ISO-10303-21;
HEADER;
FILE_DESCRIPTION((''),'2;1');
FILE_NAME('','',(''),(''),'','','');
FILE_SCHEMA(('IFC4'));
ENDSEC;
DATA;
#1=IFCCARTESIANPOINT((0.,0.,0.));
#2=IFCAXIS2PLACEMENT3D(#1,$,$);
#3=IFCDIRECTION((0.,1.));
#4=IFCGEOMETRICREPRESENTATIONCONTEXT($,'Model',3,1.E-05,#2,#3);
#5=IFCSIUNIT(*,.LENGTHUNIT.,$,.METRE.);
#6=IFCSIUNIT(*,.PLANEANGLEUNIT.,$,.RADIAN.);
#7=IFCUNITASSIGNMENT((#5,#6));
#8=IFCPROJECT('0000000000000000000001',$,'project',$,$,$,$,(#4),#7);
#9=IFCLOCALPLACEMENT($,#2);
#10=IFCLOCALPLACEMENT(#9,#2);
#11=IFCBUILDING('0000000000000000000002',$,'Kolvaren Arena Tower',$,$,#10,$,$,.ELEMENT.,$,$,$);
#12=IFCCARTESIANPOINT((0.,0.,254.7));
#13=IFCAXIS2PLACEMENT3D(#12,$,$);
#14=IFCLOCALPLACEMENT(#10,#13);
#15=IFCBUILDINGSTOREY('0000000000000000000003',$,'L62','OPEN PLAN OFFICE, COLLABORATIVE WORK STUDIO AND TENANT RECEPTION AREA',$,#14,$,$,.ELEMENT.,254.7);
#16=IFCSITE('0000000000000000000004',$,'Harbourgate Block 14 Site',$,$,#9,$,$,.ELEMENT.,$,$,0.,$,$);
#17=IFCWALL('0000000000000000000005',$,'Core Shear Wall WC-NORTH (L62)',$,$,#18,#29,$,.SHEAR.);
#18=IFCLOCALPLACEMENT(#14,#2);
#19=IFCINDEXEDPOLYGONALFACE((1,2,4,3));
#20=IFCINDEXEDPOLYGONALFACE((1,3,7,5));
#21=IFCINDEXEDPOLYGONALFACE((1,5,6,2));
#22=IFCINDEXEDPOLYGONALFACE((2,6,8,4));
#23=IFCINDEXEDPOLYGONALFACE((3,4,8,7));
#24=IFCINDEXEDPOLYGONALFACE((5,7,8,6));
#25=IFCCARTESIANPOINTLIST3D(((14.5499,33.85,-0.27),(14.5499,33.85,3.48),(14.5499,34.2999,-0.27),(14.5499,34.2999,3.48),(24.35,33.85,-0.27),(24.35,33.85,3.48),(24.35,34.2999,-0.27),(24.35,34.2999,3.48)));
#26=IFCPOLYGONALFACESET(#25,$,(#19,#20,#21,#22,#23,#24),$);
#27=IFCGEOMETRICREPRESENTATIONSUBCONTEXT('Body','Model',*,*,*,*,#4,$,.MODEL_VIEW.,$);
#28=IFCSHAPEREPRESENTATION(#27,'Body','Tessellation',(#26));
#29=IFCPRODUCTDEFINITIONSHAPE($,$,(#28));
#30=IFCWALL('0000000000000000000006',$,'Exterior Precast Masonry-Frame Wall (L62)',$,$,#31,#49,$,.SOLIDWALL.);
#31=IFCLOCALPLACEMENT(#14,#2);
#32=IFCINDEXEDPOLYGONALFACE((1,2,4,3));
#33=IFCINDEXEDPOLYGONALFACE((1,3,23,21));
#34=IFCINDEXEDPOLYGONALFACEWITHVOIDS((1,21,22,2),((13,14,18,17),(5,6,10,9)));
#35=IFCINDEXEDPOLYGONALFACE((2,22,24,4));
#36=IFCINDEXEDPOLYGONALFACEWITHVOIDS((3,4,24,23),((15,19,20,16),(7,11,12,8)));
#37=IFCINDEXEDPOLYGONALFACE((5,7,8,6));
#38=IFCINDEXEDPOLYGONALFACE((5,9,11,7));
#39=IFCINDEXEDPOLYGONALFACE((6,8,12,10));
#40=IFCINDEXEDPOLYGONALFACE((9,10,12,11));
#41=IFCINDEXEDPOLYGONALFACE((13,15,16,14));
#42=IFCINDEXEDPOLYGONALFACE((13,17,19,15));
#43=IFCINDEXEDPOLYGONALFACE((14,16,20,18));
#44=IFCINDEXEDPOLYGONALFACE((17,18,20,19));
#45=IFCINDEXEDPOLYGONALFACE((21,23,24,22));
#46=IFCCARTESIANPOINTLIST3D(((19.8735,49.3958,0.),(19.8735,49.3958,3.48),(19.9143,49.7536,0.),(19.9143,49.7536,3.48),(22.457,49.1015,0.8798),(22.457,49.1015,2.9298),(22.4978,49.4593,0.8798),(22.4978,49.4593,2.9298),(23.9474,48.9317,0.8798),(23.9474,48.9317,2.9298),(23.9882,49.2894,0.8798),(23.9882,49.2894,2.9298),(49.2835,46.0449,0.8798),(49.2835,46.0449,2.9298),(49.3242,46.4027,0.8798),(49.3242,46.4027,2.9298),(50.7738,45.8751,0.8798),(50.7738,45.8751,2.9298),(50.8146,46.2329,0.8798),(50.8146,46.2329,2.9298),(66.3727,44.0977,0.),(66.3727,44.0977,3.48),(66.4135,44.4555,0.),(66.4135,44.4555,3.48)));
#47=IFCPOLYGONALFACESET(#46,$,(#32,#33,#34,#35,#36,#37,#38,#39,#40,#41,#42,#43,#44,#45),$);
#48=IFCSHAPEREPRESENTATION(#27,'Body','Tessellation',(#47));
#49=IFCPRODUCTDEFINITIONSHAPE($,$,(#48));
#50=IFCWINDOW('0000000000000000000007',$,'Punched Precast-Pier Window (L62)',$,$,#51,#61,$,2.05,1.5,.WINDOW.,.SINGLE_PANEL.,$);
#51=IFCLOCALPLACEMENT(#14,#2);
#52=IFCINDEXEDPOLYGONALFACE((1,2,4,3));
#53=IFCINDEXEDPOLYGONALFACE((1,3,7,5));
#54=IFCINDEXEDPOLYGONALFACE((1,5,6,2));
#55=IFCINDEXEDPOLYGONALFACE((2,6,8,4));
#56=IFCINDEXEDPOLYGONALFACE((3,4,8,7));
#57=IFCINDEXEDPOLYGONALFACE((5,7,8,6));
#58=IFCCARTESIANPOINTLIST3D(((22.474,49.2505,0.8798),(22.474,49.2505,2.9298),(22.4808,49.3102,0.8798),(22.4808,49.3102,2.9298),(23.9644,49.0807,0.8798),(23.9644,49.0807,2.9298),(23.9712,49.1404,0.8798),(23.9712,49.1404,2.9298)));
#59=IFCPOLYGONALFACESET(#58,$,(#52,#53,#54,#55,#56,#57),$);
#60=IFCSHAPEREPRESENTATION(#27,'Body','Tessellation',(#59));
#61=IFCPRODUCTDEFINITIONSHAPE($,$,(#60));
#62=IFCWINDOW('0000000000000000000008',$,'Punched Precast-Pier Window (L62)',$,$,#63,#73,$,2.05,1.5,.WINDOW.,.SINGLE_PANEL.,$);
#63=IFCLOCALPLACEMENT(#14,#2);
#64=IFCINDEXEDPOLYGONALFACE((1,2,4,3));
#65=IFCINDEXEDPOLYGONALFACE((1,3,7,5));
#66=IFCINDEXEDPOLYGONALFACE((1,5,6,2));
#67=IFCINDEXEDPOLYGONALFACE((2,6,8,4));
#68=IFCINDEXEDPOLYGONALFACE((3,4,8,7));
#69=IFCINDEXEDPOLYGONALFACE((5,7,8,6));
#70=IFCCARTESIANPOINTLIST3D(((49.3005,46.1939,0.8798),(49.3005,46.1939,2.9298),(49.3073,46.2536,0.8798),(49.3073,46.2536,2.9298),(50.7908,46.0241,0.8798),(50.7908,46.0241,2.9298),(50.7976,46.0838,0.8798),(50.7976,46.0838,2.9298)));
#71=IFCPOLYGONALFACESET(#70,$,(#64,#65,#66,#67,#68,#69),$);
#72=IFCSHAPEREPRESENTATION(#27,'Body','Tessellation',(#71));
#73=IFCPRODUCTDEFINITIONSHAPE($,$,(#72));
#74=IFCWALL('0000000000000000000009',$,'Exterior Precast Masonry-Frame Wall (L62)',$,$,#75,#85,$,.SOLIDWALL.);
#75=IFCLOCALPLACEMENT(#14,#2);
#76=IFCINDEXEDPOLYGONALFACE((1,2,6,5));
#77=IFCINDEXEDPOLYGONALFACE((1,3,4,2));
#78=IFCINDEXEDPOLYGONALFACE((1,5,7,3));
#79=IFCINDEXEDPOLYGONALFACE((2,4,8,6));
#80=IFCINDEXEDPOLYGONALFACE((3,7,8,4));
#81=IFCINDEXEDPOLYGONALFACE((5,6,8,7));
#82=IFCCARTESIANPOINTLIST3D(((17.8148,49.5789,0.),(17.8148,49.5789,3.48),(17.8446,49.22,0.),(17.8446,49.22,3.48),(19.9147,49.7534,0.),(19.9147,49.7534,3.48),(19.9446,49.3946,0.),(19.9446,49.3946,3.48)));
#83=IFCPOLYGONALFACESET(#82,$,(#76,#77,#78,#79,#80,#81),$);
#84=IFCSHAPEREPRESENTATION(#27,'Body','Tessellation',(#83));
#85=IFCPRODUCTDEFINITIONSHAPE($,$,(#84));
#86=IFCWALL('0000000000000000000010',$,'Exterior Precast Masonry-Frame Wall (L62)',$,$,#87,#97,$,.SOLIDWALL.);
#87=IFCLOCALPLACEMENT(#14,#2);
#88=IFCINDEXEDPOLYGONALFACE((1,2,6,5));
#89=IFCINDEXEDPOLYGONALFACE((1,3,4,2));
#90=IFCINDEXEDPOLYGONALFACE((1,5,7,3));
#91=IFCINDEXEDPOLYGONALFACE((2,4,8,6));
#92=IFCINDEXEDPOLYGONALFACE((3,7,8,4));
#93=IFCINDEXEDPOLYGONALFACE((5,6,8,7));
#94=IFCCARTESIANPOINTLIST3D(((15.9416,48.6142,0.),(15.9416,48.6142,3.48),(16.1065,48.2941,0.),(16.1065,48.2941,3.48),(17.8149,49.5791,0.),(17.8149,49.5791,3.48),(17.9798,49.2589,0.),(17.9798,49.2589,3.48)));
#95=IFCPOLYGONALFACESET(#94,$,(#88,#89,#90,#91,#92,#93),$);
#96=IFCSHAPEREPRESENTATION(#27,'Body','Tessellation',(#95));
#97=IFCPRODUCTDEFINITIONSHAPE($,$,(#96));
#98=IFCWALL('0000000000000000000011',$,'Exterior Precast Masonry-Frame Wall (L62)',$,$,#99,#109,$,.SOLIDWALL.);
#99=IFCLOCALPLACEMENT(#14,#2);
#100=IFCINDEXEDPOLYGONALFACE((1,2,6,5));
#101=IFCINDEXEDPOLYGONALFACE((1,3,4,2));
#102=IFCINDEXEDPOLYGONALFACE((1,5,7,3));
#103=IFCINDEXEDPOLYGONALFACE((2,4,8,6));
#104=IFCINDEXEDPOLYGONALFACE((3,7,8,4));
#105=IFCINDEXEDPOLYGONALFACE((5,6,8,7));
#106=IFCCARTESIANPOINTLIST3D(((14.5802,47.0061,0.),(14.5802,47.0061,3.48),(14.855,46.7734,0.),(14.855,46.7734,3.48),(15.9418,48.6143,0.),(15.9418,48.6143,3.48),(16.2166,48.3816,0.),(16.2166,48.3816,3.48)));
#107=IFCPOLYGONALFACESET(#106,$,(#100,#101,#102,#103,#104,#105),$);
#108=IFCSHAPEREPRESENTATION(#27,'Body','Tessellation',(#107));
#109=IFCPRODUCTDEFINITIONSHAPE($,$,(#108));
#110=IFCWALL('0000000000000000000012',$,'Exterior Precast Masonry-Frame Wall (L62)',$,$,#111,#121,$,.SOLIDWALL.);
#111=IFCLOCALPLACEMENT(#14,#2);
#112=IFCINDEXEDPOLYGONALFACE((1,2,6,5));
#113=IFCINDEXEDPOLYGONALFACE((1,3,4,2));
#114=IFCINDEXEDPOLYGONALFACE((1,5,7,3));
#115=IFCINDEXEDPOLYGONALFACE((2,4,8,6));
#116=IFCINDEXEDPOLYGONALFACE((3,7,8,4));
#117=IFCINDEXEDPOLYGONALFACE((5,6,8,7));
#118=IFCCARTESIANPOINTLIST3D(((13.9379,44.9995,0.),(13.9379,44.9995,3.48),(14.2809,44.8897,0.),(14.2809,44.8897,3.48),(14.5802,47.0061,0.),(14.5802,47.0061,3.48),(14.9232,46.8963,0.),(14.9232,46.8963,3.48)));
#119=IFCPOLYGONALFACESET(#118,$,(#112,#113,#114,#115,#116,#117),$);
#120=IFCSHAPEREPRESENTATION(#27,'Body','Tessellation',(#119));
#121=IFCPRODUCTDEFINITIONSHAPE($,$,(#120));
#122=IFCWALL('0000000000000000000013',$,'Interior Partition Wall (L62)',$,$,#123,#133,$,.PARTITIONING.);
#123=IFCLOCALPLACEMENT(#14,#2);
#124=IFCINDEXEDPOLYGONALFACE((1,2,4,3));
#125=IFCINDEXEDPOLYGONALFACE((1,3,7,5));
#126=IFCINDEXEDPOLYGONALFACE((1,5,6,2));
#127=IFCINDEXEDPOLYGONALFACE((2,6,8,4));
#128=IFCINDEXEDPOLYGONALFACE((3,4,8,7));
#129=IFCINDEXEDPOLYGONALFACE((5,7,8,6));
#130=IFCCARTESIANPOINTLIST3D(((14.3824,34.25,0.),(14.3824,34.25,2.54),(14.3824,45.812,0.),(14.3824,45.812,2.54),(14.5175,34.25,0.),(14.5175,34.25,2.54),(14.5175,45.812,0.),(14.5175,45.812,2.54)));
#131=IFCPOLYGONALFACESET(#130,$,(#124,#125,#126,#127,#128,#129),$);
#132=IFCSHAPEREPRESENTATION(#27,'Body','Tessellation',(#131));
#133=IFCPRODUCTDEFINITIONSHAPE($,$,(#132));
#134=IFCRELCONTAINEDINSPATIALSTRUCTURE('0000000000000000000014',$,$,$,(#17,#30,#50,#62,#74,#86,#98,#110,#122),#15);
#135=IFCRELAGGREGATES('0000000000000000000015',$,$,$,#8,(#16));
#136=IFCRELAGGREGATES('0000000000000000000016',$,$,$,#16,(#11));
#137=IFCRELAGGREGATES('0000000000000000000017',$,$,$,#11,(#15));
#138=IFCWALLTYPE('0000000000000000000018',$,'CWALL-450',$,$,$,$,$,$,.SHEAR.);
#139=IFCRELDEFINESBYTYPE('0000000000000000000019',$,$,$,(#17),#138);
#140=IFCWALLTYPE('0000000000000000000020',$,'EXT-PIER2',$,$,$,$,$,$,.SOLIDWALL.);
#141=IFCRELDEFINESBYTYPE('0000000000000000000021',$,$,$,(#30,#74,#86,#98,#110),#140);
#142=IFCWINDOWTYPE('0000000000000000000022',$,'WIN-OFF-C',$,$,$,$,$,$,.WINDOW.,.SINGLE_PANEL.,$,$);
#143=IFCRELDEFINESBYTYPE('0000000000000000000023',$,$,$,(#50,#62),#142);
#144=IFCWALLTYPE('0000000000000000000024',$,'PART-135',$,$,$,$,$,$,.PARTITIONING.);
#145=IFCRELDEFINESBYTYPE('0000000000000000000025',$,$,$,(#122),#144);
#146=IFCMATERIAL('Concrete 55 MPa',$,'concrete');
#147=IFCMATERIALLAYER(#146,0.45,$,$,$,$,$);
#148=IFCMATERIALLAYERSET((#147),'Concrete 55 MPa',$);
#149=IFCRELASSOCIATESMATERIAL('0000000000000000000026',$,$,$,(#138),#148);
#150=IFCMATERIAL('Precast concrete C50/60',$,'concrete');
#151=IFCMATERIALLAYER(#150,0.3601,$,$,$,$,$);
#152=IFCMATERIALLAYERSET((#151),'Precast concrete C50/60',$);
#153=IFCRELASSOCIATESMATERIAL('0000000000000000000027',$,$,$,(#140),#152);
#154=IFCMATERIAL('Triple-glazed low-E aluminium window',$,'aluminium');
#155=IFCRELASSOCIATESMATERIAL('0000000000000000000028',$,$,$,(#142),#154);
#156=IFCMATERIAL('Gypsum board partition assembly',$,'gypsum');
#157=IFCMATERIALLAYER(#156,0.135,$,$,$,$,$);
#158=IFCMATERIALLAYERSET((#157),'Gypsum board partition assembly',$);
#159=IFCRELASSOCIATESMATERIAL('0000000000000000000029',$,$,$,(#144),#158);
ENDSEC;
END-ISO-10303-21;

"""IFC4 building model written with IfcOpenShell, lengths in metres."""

from ifc_helpers import new_model, si_unit, direction, frame, frame_2d, origin, place, context, subcontext, project, spatial, rectangle, extrude, material, layer, layer_set, type_object, element, fill, save


model = new_model("IFC4")

# Units and contexts
model_context = context("Model", 3, precision=1e-05, world=origin(), true_north=direction((0.0, 1.0)))
body_context = subcontext(model_context, "Body", "Model", "MODEL_VIEW")
ifc_project = project(units=[si_unit("LENGTHUNIT", "METRE"), si_unit("PLANEANGLEUNIT", "RADIAN")], contexts=[model_context])

# Site, building, storey
site_placement = place(None, origin())
site = spatial("IfcSite", under=ifc_project, at=site_placement, Name="Harbourgate Block 14 Site", CompositionType="ELEMENT", RefElevation=0.0)
building_placement = place(site_placement, origin())
building = spatial("IfcBuilding", under=site, at=building_placement, Name="Kolvaren Arena Tower", CompositionType="ELEMENT")
storey_placement = place(building_placement, frame((0.0, 0.0, 254.7)))
storey = spatial("IfcBuildingStorey", under=building, at=storey_placement, Name="L62", Description="OPEN PLAN OFFICE, COLLABORATIVE WORK STUDIO AND TENANT RECEPTION AREA", CompositionType="ELEMENT", Elevation=254.7)

# Wall
ifc_material_1 = material(Name="Concrete 55 MPa", Category="concrete")
ifc_layer_1 = layer(ifc_material_1, 0.45)
ifc_layer_set_1 = layer_set([ifc_layer_1], Name="Concrete 55 MPa")
wall_type_1 = type_object("IfcWallType", Name="CWALL-450", PredefinedType="SHEAR", material=ifc_layer_set_1)
wall_1_placement = place(storey_placement, frame((14.55, 34.075, -0.27), z_axis=(0.0, 0.0, 1.0), x_axis=(1.0, 0.0, 0.0)))
element("IfcWall", 1, at=wall_1_placement, inside=storey, type_object=wall_type_1, Name="Core Shear Wall WC-NORTH (L62)", PredefinedType="SHEAR", context=body_context, shape_type="SweptSolid", body=[
    extrude(rectangle(XDim=9.8, YDim=0.45, at=frame_2d((4.8999, 0.0))), origin(), (0.0, 0.0, 1.0), 3.75),
])

# Wall, openings, windows
ifc_material_2 = material(Name="Precast concrete C50/60", Category="concrete")
ifc_layer_2 = layer(ifc_material_2, 0.3601)
ifc_layer_set_2 = layer_set([ifc_layer_2], Name="Precast concrete C50/60")
wall_type_2 = type_object("IfcWallType", Name="EXT-PIER2", PredefinedType="SOLIDWALL", material=ifc_layer_set_2)
wall_2_placement = place(storey_placement, frame((19.894, 49.5747, 0.0), z_axis=(0.0, 0.0, 1.0), x_axis=(0.993571, -0.113207, 0.0)))
wall_2 = element("IfcWall", 2, at=wall_2_placement, inside=storey, type_object=wall_type_2, Name="Exterior Precast Masonry-Frame Wall (L62)", PredefinedType="SOLIDWALL", context=body_context, shape_type="SweptSolid", body=[
    extrude(rectangle(XDim=46.8, YDim=0.3601, at=frame_2d((23.3999, 0.0))), origin(), (0.0, 0.0, 1.0), 3.48),
])
opening_1_placement = place(wall_2_placement, frame((2.6001, 0.0, 0.8799)))
opening_1 = element("IfcOpeningElement", 3, at=opening_1_placement, cuts=wall_2, PredefinedType="OPENING", context=body_context, shape_type="SweptSolid", body=[
    extrude(rectangle(XDim=1.5, YDim=2.05, at=frame_2d((0.75, 1.0249))), frame((0.0, 0.1899, 0.0), z_axis=(0.0, -1.0, 0.0), x_axis=(1.0, 0.0, 0.0)), (0.0, 0.0, 1.0), 0.3801),
])
opening_2_placement = place(wall_2_placement, frame((29.6001, 0.0, 0.8799)))
opening_2 = element("IfcOpeningElement", 4, at=opening_2_placement, cuts=wall_2, PredefinedType="OPENING", context=body_context, shape_type="SweptSolid", body=[
    extrude(rectangle(XDim=1.5, YDim=2.05, at=frame_2d((0.75, 1.0249))), frame((0.0, 0.1899, 0.0), z_axis=(0.0, -1.0, 0.0), x_axis=(1.0, 0.0, 0.0)), (0.0, 0.0, 1.0), 0.3801),
])
ifc_material_3 = material(Name="Triple-glazed low-E aluminium window", Category="aluminium")
window_type = type_object("IfcWindowType", Name="WIN-OFF-C", PartitioningType="SINGLE_PANEL", PredefinedType="WINDOW", material=ifc_material_3)
window_1_placement = place(opening_1_placement, origin())
window_1 = element("IfcWindow", 5, at=window_1_placement, inside=storey, type_object=window_type, Name="Punched Precast-Pier Window (L62)", OverallHeight=2.05, OverallWidth=1.5, PartitioningType="SINGLE_PANEL", PredefinedType="WINDOW", context=body_context, shape_type="SweptSolid", body=[
    extrude(rectangle(XDim=1.5, YDim=2.05, at=frame_2d((0.75, 1.0249))), frame((0.0, 0.03, 0.0), z_axis=(0.0, -1.0, 0.0), x_axis=(1.0, 0.0, 0.0)), (0.0, 0.0, 1.0), 0.0601),
])
fill(opening_1, window_1)
window_2_placement = place(opening_2_placement, origin())
window_2 = element("IfcWindow", 6, at=window_2_placement, inside=storey, type_object=window_type, Name="Punched Precast-Pier Window (L62)", OverallHeight=2.05, OverallWidth=1.5, PartitioningType="SINGLE_PANEL", PredefinedType="WINDOW", context=body_context, shape_type="SweptSolid", body=[
    extrude(rectangle(XDim=1.5, YDim=2.05, at=frame_2d((0.75, 1.0249))), frame((0.0, 0.03, 0.0), z_axis=(0.0, -1.0, 0.0), x_axis=(1.0, 0.0, 0.0)), (0.0, 0.0, 1.0), 0.0601),
])
fill(opening_2, window_2)

# Walls
for number, where, z_axis, x_axis, name in (
    (7, (17.8296, 49.3994, 0.0), (0.0, 0.0, 1.0), (0.996563, 0.082844, 0.0), "Exterior Precast Masonry-Frame Wall (L62)"),
    (8, (16.0239, 48.4541, 0.0), (0.0, 0.0, 1.0), (0.88901, 0.457887, 0.0), "Exterior Precast Masonry-Frame Wall (L62)"),
    (9, (14.7175, 46.8896, 0.0), (0.0, 0.0, 1.0), (0.646171, 0.763193, 0.0), "Exterior Precast Masonry-Frame Wall (L62)"),
):
    element("IfcWall", number, at=place(storey_placement, frame(where, z_axis=z_axis, x_axis=x_axis)), inside=storey, type_object=wall_type_2, Name=name, PredefinedType="SOLIDWALL", context=body_context, shape_type="SweptSolid", body=[
        extrude(rectangle(XDim=2.1072, YDim=0.3601, at=frame_2d((1.0537, 0.0))), origin(), (0.0, 0.0, 1.0), 3.48),
    ])
wall_3_placement = place(storey_placement, frame((14.1094, 44.9446, 0.0), z_axis=(0.0, 0.0, 1.0), x_axis=(0.304872, 0.952393, 0.0)))
element("IfcWall", 10, at=wall_3_placement, inside=storey, type_object=wall_type_2, Name="Exterior Precast Masonry-Frame Wall (L62)", PredefinedType="SOLIDWALL", context=body_context, shape_type="SweptSolid", body=[
    extrude(rectangle(XDim=2.1069, YDim=0.3601, at=frame_2d((1.0535, 0.0))), origin(), (0.0, 0.0, 1.0), 3.48),
])
ifc_material_4 = material(Name="Gypsum board partition assembly", Category="gypsum")
ifc_layer_3 = layer(ifc_material_4, 0.135)
ifc_layer_set_3 = layer_set([ifc_layer_3], Name="Gypsum board partition assembly")
wall_type_3 = type_object("IfcWallType", Name="PART-135", PredefinedType="PARTITIONING", material=ifc_layer_set_3)
wall_4_placement = place(storey_placement, frame((14.45, 34.25, 0.0), z_axis=(0.0, 0.0, 1.0), x_axis=(0.0, 1.0, 0.0)))
element("IfcWall", 11, at=wall_4_placement, inside=storey, type_object=wall_type_3, Name="Interior Partition Wall (L62)", PredefinedType="PARTITIONING", context=body_context, shape_type="SweptSolid", body=[
    extrude(rectangle(XDim=11.562, YDim=0.135, at=frame_2d((5.781, 0.0))), origin(), (0.0, 0.0, 1.0), 2.54),
])

save(model, "model.ifc")
